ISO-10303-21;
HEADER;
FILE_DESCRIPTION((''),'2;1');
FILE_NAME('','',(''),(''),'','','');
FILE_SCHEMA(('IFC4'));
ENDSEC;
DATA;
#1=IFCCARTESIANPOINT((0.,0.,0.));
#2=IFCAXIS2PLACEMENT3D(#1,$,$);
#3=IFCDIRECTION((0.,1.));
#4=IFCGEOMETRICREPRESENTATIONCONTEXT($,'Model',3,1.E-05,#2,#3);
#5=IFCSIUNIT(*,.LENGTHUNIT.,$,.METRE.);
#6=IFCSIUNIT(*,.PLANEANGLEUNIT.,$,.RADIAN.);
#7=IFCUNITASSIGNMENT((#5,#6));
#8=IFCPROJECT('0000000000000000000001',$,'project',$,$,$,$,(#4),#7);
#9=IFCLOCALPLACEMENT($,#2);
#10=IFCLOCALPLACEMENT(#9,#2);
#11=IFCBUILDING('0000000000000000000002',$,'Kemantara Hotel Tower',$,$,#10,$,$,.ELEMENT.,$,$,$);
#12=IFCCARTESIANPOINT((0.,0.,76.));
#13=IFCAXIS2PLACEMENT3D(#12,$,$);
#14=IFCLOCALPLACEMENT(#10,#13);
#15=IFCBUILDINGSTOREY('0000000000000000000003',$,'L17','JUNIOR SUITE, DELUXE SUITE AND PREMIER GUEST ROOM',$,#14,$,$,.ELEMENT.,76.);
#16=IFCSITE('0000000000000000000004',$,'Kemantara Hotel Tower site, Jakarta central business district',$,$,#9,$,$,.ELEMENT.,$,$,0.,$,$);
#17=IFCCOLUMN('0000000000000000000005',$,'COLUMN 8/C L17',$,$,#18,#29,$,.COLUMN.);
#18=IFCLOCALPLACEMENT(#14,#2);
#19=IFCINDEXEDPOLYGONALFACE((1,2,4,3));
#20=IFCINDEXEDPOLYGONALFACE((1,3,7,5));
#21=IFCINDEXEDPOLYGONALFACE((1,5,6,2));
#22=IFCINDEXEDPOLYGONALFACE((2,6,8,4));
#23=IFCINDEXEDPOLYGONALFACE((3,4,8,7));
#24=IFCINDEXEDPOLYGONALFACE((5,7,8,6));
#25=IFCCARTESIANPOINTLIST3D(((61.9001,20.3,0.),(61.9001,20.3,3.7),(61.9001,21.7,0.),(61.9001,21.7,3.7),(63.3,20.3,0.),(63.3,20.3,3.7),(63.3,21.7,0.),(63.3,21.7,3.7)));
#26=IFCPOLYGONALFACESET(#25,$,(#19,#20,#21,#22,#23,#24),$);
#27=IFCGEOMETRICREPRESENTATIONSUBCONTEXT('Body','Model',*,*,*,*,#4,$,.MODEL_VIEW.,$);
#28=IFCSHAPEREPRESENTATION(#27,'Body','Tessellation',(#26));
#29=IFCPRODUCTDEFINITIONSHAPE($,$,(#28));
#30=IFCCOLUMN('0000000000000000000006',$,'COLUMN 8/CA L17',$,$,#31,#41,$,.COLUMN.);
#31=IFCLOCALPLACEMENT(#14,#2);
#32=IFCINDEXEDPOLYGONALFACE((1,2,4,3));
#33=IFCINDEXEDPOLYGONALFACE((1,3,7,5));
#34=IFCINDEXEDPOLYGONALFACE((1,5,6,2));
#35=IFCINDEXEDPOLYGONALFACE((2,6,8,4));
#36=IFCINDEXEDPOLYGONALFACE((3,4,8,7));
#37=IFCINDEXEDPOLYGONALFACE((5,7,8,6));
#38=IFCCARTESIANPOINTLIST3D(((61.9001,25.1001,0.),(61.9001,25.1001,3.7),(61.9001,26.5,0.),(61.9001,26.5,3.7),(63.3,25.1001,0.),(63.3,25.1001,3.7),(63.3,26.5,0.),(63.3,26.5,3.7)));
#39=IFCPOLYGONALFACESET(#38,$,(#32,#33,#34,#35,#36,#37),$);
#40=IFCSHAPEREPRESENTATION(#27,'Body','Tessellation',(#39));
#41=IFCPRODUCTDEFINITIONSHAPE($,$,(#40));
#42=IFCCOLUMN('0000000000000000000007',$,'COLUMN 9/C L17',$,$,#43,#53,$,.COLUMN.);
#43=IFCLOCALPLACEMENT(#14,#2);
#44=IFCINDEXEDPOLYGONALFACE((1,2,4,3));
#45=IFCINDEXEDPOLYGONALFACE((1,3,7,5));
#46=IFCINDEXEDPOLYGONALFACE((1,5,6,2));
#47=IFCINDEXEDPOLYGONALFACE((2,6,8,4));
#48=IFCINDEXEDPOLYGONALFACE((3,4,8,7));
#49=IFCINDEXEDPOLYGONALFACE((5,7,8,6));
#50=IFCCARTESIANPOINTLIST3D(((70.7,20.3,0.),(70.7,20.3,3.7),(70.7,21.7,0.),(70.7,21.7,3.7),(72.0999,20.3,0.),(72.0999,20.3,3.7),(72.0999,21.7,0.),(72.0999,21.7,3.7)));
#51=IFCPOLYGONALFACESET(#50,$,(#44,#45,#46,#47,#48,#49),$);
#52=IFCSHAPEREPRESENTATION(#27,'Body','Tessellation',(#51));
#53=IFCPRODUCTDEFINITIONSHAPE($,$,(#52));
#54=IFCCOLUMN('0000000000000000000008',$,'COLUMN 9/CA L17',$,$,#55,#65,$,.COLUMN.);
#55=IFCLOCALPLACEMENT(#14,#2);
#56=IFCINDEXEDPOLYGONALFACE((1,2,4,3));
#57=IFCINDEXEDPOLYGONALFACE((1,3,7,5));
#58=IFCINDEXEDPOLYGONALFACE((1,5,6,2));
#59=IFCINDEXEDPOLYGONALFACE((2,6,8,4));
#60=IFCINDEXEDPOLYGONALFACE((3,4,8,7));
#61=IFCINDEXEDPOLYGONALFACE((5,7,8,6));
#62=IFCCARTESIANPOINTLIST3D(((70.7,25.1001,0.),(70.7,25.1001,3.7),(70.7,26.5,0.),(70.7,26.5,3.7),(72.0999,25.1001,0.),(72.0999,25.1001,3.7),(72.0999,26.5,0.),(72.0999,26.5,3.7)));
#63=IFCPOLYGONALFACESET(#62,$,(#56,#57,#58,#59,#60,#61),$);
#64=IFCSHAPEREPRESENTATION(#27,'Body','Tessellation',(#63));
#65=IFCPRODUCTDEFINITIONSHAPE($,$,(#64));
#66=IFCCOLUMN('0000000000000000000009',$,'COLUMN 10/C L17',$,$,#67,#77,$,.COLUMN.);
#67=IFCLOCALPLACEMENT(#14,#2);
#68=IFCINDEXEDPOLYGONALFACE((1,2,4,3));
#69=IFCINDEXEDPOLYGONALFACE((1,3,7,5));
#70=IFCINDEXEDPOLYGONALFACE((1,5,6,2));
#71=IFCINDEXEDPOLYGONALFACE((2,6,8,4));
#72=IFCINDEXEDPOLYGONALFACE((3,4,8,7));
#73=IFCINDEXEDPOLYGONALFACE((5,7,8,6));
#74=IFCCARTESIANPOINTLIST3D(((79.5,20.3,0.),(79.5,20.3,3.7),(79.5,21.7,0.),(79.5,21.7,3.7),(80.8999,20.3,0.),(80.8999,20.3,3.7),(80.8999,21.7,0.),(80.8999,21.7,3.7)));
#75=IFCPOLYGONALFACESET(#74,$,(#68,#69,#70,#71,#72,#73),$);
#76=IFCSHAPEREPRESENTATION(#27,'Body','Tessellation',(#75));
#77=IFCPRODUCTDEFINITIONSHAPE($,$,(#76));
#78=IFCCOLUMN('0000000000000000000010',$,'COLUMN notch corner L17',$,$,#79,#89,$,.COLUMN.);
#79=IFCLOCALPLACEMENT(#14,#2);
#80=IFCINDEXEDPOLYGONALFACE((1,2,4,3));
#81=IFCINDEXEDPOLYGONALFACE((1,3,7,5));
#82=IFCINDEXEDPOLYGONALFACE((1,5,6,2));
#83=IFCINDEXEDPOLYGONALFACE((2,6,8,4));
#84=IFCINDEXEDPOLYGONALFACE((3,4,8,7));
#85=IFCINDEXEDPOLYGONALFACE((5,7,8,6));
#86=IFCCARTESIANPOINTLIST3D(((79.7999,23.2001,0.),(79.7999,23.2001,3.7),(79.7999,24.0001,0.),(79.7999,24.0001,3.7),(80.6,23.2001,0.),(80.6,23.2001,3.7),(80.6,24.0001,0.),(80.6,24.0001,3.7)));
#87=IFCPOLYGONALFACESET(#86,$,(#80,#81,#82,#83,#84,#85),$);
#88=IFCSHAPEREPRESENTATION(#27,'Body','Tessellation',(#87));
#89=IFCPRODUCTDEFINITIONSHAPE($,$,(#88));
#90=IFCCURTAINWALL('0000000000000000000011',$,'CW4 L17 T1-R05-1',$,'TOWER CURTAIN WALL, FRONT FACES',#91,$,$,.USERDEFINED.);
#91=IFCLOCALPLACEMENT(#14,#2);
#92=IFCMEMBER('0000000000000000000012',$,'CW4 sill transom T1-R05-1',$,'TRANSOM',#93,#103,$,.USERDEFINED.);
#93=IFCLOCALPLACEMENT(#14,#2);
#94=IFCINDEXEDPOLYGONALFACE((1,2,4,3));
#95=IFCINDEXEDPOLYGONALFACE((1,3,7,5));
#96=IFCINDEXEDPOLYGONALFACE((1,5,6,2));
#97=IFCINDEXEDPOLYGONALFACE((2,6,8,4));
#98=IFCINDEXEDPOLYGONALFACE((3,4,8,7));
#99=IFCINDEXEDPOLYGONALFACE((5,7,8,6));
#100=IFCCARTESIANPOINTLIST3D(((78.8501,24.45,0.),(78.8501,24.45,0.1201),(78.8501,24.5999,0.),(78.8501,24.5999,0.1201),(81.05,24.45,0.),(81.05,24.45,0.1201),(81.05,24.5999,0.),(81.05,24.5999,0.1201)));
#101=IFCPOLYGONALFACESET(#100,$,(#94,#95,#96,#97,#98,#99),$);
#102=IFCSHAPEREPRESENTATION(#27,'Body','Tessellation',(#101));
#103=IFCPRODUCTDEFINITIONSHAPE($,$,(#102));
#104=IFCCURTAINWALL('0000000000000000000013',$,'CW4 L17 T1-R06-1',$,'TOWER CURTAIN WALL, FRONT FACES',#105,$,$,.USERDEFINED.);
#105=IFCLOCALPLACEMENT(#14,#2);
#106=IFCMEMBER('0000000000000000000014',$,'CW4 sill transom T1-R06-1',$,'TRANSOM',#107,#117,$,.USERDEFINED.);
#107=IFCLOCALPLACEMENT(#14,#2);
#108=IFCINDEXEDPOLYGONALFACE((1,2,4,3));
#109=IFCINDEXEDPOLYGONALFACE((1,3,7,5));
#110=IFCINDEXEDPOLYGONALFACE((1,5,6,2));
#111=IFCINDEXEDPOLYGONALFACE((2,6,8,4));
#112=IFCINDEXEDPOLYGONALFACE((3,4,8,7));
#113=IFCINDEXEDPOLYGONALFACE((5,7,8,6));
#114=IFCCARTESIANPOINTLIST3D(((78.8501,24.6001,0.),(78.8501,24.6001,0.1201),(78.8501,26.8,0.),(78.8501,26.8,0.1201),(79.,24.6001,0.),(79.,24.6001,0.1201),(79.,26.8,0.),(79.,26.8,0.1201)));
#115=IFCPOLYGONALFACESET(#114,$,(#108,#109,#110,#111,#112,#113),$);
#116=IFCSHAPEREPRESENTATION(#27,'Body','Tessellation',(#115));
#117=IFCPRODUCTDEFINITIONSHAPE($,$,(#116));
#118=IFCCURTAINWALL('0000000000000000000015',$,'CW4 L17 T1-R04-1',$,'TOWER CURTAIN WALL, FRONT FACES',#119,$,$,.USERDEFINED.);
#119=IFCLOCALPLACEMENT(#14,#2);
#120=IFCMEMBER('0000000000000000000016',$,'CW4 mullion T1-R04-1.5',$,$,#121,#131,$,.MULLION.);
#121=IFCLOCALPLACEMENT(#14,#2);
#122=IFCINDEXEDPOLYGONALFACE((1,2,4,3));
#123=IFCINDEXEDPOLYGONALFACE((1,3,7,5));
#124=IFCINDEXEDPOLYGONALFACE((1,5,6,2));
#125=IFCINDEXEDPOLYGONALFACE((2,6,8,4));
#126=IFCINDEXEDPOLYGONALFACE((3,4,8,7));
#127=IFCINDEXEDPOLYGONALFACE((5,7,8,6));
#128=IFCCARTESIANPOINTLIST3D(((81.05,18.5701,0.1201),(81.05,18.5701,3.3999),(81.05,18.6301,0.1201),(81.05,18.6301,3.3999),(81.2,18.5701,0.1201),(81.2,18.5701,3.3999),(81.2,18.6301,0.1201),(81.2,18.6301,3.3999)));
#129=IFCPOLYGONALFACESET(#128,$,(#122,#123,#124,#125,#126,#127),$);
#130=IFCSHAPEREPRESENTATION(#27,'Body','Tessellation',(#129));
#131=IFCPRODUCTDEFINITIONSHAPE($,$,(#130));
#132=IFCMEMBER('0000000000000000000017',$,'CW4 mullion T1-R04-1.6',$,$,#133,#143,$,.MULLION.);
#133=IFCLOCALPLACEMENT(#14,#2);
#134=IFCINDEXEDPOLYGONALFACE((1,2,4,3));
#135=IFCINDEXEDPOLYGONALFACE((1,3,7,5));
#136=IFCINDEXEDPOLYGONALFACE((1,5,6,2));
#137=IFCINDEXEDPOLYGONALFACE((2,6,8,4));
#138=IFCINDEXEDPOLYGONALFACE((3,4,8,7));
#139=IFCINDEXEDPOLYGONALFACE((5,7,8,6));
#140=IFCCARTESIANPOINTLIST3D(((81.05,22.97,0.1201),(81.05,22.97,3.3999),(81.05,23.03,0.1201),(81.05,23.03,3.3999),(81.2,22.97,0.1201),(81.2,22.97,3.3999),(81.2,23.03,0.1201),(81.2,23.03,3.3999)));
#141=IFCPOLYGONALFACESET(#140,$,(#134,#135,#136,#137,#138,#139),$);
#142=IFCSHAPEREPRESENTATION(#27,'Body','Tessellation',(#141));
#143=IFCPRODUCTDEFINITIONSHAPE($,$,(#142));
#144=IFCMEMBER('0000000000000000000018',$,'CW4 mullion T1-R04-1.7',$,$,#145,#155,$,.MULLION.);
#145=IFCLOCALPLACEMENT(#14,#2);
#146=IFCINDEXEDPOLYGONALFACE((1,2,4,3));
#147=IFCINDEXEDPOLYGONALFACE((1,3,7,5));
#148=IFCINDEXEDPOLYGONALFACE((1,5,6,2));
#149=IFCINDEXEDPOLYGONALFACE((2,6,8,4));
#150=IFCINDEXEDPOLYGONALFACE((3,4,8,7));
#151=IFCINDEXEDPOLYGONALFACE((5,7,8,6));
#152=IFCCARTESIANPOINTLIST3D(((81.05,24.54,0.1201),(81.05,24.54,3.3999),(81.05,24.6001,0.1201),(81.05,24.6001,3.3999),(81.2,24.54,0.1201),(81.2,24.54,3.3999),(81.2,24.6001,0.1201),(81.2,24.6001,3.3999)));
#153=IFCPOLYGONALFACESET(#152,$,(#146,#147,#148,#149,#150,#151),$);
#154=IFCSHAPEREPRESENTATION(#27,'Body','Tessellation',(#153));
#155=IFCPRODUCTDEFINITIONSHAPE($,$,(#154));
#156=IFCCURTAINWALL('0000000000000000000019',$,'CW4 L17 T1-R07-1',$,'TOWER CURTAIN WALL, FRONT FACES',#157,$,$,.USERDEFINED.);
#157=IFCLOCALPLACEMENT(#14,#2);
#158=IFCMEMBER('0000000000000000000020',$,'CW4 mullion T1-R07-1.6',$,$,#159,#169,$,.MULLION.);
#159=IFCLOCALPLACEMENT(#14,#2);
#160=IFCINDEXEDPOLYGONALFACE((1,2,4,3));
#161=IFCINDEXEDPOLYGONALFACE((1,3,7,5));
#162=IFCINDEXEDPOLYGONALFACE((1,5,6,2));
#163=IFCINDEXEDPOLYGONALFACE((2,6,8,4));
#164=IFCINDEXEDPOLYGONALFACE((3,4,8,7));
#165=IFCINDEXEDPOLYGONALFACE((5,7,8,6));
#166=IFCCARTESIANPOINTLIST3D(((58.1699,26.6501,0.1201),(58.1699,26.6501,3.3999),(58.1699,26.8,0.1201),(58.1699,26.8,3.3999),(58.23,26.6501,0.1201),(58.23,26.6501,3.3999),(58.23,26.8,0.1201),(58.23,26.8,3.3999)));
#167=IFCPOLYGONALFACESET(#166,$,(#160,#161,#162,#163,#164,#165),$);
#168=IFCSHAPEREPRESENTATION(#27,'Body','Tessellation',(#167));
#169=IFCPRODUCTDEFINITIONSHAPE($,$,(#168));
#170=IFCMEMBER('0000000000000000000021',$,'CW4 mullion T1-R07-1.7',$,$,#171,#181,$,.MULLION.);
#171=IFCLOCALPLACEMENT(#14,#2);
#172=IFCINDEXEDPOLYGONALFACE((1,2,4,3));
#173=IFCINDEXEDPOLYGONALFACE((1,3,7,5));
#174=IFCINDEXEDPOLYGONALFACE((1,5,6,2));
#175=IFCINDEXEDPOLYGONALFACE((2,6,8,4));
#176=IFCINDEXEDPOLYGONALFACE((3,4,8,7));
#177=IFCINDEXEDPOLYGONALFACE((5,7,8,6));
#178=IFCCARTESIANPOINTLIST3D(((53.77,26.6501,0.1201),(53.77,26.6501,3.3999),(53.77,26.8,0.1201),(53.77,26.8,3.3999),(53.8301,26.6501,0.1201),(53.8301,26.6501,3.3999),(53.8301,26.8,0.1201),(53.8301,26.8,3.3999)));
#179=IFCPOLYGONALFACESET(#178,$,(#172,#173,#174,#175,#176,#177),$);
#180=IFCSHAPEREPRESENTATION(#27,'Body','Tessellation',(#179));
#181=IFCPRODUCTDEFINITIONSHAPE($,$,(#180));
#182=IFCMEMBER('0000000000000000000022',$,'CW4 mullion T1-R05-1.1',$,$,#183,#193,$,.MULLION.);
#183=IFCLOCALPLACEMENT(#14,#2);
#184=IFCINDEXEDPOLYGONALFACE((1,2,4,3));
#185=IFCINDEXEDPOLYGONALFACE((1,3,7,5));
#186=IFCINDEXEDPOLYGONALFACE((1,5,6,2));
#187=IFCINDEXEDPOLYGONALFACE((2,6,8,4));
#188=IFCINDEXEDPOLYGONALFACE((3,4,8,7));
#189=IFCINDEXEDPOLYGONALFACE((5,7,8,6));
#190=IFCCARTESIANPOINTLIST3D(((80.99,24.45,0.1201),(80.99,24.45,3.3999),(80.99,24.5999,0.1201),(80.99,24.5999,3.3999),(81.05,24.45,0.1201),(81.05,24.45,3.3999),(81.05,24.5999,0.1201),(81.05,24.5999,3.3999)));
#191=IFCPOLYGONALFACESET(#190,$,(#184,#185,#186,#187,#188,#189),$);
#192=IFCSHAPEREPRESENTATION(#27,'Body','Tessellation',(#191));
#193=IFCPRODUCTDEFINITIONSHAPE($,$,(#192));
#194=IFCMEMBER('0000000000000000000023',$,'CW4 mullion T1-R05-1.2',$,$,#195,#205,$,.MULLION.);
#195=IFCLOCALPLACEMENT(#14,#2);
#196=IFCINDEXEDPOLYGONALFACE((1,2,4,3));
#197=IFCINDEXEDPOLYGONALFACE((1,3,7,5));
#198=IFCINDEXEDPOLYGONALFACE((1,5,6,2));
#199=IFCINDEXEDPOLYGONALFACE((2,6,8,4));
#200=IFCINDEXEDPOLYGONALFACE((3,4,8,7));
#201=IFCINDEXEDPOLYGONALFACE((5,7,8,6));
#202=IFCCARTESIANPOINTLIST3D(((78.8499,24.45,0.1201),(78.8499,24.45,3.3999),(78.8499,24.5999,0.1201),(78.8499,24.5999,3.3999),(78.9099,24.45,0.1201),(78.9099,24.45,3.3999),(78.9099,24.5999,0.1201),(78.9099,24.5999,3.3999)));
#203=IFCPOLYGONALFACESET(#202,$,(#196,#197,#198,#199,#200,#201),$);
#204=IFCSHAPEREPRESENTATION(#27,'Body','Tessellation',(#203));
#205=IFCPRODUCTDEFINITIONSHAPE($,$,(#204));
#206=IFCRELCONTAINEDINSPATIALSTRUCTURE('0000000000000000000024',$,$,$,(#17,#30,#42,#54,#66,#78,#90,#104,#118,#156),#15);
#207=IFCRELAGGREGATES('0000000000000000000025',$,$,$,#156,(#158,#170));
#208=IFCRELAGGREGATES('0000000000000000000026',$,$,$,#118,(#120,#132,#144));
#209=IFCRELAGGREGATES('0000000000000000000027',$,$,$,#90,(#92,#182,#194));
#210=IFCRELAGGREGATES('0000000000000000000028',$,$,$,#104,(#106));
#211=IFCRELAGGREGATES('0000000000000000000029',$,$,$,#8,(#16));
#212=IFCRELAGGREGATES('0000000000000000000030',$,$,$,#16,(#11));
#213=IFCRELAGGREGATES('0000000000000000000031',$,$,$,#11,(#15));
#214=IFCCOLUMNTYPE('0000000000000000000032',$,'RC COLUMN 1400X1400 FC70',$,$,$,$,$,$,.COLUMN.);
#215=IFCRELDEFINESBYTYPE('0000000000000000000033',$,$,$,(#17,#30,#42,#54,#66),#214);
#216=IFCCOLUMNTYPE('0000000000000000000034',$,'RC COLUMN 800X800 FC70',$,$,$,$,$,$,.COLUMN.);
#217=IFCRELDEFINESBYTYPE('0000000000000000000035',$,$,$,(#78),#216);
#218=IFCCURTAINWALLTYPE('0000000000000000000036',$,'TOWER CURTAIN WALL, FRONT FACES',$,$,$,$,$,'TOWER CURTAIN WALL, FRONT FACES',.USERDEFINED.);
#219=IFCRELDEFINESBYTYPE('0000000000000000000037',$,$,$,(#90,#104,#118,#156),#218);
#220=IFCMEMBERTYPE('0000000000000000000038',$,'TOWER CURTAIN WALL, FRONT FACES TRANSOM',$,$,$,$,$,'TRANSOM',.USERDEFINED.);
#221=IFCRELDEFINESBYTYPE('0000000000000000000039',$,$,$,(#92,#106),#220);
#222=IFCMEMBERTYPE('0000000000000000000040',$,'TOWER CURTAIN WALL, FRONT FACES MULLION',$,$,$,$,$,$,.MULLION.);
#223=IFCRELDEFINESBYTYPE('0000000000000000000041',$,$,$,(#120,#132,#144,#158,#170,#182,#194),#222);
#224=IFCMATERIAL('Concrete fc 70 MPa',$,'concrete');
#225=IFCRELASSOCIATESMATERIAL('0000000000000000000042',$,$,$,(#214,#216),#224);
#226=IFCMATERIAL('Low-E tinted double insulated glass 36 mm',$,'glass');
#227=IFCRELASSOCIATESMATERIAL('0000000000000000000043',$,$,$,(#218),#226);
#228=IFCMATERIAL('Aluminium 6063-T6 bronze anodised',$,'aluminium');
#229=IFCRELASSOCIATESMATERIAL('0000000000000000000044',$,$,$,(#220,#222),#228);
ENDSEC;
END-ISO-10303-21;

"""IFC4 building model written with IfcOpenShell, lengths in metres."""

from ifc_helpers import new_model, si_unit, direction, frame, origin, origin_2d, place, context, subcontext, project, spatial, rectangle, extrude, source, transform, mapped, material, material_profile, profile_set, type_object, element, aggregate, save


model = new_model("IFC4")

# Units and contexts
model_context = context("Model", 3, precision=1e-05, world=origin(), true_north=direction((0.0, 1.0)))
body_context = subcontext(model_context, "Body", "Model", "MODEL_VIEW")
ifc_project = project(units=[si_unit("LENGTHUNIT", "METRE"), si_unit("PLANEANGLEUNIT", "RADIAN")], contexts=[model_context])

# Site, building, storey
site_placement = place(None, origin())
site = spatial("IfcSite", under=ifc_project, at=site_placement, Name="Kemantara Hotel Tower site, Jakarta central business district", CompositionType="ELEMENT", RefElevation=0.0)
building_placement = place(site_placement, origin())
building = spatial("IfcBuilding", under=site, at=building_placement, Name="Kemantara Hotel Tower", CompositionType="ELEMENT")
storey_placement = place(building_placement, frame((0.0, 0.0, 76.0)))
storey = spatial("IfcBuildingStorey", under=building, at=storey_placement, Name="L17", Description="JUNIOR SUITE, DELUXE SUITE AND PREMIER GUEST ROOM", CompositionType="ELEMENT", Elevation=76.0)

# Columns
ifc_material_1 = material(Name="Concrete fc 70 MPa", Category="concrete")
ifc_material_profile_1 = material_profile(ifc_material_1, rectangle(XDim=1.3999, YDim=1.3999, at=origin_2d()), Name="RC 1400X1400")
ifc_profile_set_1 = profile_set([ifc_material_profile_1], Name="Concrete fc 70 MPa")
column_type_1 = type_object("IfcColumnType", Name="RC COLUMN 1400X1400 FC70", PredefinedType="COLUMN", material=ifc_profile_set_1)
for number, where, z_axis, x_axis, name in (
    (1, (62.6001, 21.0, 0.0), (0.0, 0.0, 1.0), (1.0, 0.0, 0.0), "COLUMN 8/C L17"),
    (2, (62.6001, 25.8, 0.0), (0.0, 0.0, 1.0), (1.0, 0.0, 0.0), "COLUMN 8/CA L17"),
    (3, (71.3999, 21.0, 0.0), (0.0, 0.0, 1.0), (1.0, 0.0, 0.0), "COLUMN 9/C L17"),
    (4, (71.3999, 25.8, 0.0), (0.0, 0.0, 1.0), (1.0, 0.0, 0.0), "COLUMN 9/CA L17"),
    (5, (80.2, 21.0, 0.0), (0.0, 0.0, 1.0), (1.0, 0.0, 0.0), "COLUMN 10/C L17"),
):
    element("IfcColumn", number, at=place(storey_placement, frame(where, z_axis=z_axis, x_axis=x_axis)), inside=storey, type_object=column_type_1, Name=name, PredefinedType="COLUMN", context=body_context, shape_type="SweptSolid", body=[
        extrude(rectangle(XDim=1.3999, YDim=1.3999, at=origin_2d()), origin(), (0.0, 0.0, 1.0), 3.7),
    ])
ifc_material_profile_2 = material_profile(ifc_material_1, rectangle(XDim=0.8, YDim=0.8, at=origin_2d()), Name="RC 800X800")
ifc_profile_set_2 = profile_set([ifc_material_profile_2], Name="Concrete fc 70 MPa")
column_type_2 = type_object("IfcColumnType", Name="RC COLUMN 800X800 FC70", PredefinedType="COLUMN", material=ifc_profile_set_2)
column_placement = place(storey_placement, frame((80.2, 23.6001, 0.0), z_axis=(0.0, 0.0, 1.0), x_axis=(1.0, 0.0, 0.0)))
element("IfcColumn", 6, at=column_placement, inside=storey, type_object=column_type_2, Name="COLUMN notch corner L17", PredefinedType="COLUMN", context=body_context, shape_type="SweptSolid", body=[
    extrude(rectangle(XDim=0.8, YDim=0.8, at=origin_2d()), origin(), (0.0, 0.0, 1.0), 3.7),
])

# Curtain walls, members
ifc_material_2 = material(Name="Low-E tinted double insulated glass 36 mm", Category="glass")
curtain_wall_type = type_object("IfcCurtainWallType", Name="TOWER CURTAIN WALL, FRONT FACES", ElementType="TOWER CURTAIN WALL, FRONT FACES", PredefinedType="USERDEFINED", material=ifc_material_2)
curtain_wall_1_placement = place(storey_placement, origin())
curtain_wall_1 = element("IfcCurtainWall", 7, at=curtain_wall_1_placement, inside=storey, type_object=curtain_wall_type, Name="CW4 L17 T1-R05-1", ObjectType="TOWER CURTAIN WALL, FRONT FACES", PredefinedType="USERDEFINED")
ifc_material_3 = material(Name="Aluminium 6063-T6 bronze anodised", Category="aluminium")
ifc_material_profile_3 = material_profile(ifc_material_3, rectangle(XDim=0.1499, YDim=0.1201, at=origin_2d()), Name="TOWER CURTAIN WALL, FRONT FACES TRANSOM")
ifc_profile_set_3 = profile_set([ifc_material_profile_3], Name="Aluminium 6063-T6 bronze anodised")
member_type_1 = type_object("IfcMemberType", Name="TOWER CURTAIN WALL, FRONT FACES TRANSOM", ElementType="TRANSOM", PredefinedType="USERDEFINED", material=ifc_profile_set_3)
member_1_placement = place(storey_placement, frame((81.05, 24.5249, 0.0601), z_axis=(-1.0, 0.0, 0.0), x_axis=(0.0, -1.0, 0.0)))
member_1 = element("IfcMember", 8, at=member_1_placement, type_object=member_type_1, Name="CW4 sill transom T1-R05-1", ObjectType="TRANSOM", PredefinedType="USERDEFINED", context=body_context, shape_type="SweptSolid", body=[
    extrude(rectangle(XDim=0.1499, YDim=0.1201, at=origin_2d()), origin(), (0.0, 0.0, 1.0), 2.2),
])
curtain_wall_2_placement = place(storey_placement, origin())
curtain_wall_2 = element("IfcCurtainWall", 9, at=curtain_wall_2_placement, inside=storey, type_object=curtain_wall_type, Name="CW4 L17 T1-R06-1", ObjectType="TOWER CURTAIN WALL, FRONT FACES", PredefinedType="USERDEFINED")
member_2_placement = place(storey_placement, frame((78.925, 24.6001, 0.0601), z_axis=(0.0, 1.0, 0.0), x_axis=(-1.0, 0.0, 0.0)))
member_2 = element("IfcMember", 10, at=member_2_placement, type_object=member_type_1, Name="CW4 sill transom T1-R06-1", ObjectType="TRANSOM", PredefinedType="USERDEFINED", context=body_context, shape_type="SweptSolid", body=[
    extrude(rectangle(XDim=0.1499, YDim=0.1201, at=origin_2d()), origin(), (0.0, 0.0, 1.0), 2.2),
])

# Curtain walls, members
curtain_wall_3_placement = place(storey_placement, origin())
curtain_wall_3 = element("IfcCurtainWall", 11, at=curtain_wall_3_placement, inside=storey, type_object=curtain_wall_type, Name="CW4 L17 T1-R04-1", ObjectType="TOWER CURTAIN WALL, FRONT FACES", PredefinedType="USERDEFINED")
ifc_material_profile_4 = material_profile(ifc_material_3, rectangle(XDim=0.1499, YDim=0.0601, at=origin_2d()), Name="TOWER CURTAIN WALL, FRONT FACES MULLION")
ifc_profile_set_4 = profile_set([ifc_material_profile_4], Name="Aluminium 6063-T6 bronze anodised")
member_type_2 = type_object("IfcMemberType", Name="TOWER CURTAIN WALL, FRONT FACES MULLION", PredefinedType="MULLION", material=ifc_profile_set_4)
shared_shape_1 = source(origin(), body_context, "Body", "SweptSolid", [
    extrude(rectangle(XDim=0.1499, YDim=0.0601, at=origin_2d()), origin(), (0.0, 0.0, 1.0), 3.2798),
])
member_3_placement = place(storey_placement, frame((81.125, 18.6001, 0.1201), z_axis=(0.0, 0.0, 1.0), x_axis=(-1.0, 0.0, 0.0)))
member_3 = element("IfcMember", 12, at=member_3_placement, type_object=member_type_2, Name="CW4 mullion T1-R04-1.5", PredefinedType="MULLION", context=body_context, shape_type="MappedRepresentation", body=[
    mapped(shared_shape_1, transform((0.0, 0.0, 0.0))),
])
member_4_placement = place(storey_placement, frame((81.125, 23.0, 0.1201), z_axis=(0.0, 0.0, 1.0), x_axis=(-1.0, 0.0, 0.0)))
member_4 = element("IfcMember", 13, at=member_4_placement, type_object=member_type_2, Name="CW4 mullion T1-R04-1.6", PredefinedType="MULLION", context=body_context, shape_type="MappedRepresentation", body=[
    mapped(shared_shape_1, transform((0.0, 0.0, 0.0))),
])
member_5_placement = place(storey_placement, frame((81.125, 24.5701, 0.1201), z_axis=(0.0, 0.0, 1.0), x_axis=(-1.0, 0.0, 0.0)))
member_5 = element("IfcMember", 14, at=member_5_placement, type_object=member_type_2, Name="CW4 mullion T1-R04-1.7", PredefinedType="MULLION", context=body_context, shape_type="MappedRepresentation", body=[
    mapped(shared_shape_1, transform((0.0, 0.0, 0.0))),
])
curtain_wall_4_placement = place(storey_placement, origin())
curtain_wall_4 = element("IfcCurtainWall", 15, at=curtain_wall_4_placement, inside=storey, type_object=curtain_wall_type, Name="CW4 L17 T1-R07-1", ObjectType="TOWER CURTAIN WALL, FRONT FACES", PredefinedType="USERDEFINED")
member_6_placement = place(storey_placement, frame((58.2, 26.7251, 0.1201), z_axis=(0.0, 0.0, 1.0), x_axis=(0.0, -1.0, 0.0)))
member_6 = element("IfcMember", 16, at=member_6_placement, type_object=member_type_2, Name="CW4 mullion T1-R07-1.6", PredefinedType="MULLION", context=body_context, shape_type="MappedRepresentation", body=[
    mapped(shared_shape_1, transform((0.0, 0.0, 0.0))),
])
member_7_placement = place(storey_placement, frame((53.8, 26.7251, 0.1201), z_axis=(0.0, 0.0, 1.0), x_axis=(0.0, -1.0, 0.0)))
member_7 = element("IfcMember", 17, at=member_7_placement, type_object=member_type_2, Name="CW4 mullion T1-R07-1.7", PredefinedType="MULLION", context=body_context, shape_type="MappedRepresentation", body=[
    mapped(shared_shape_1, transform((0.0, 0.0, 0.0))),
])

# Members
member_8_placement = place(storey_placement, frame((81.02, 24.5249, 0.1201), z_axis=(0.0, 0.0, 1.0), x_axis=(0.0, -1.0, 0.0)))
member_8 = element("IfcMember", 18, at=member_8_placement, type_object=member_type_2, Name="CW4 mullion T1-R05-1.1", PredefinedType="MULLION", context=body_context, shape_type="MappedRepresentation", body=[
    mapped(shared_shape_1, transform((0.0, 0.0, 0.0))),
])
member_9_placement = place(storey_placement, frame((78.8799, 24.5249, 0.1201), z_axis=(0.0, 0.0, 1.0), x_axis=(0.0, -1.0, 0.0)))
member_9 = element("IfcMember", 19, at=member_9_placement, type_object=member_type_2, Name="CW4 mullion T1-R05-1.2", PredefinedType="MULLION", context=body_context, shape_type="MappedRepresentation", body=[
    mapped(shared_shape_1, transform((0.0, 0.0, 0.0))),
])

aggregate(curtain_wall_4, [member_6, member_7])
aggregate(curtain_wall_3, [member_3, member_4, member_5])
aggregate(curtain_wall_1, [member_1, member_8, member_9])
aggregate(curtain_wall_2, [member_2])

save(model, "model.ifc")
